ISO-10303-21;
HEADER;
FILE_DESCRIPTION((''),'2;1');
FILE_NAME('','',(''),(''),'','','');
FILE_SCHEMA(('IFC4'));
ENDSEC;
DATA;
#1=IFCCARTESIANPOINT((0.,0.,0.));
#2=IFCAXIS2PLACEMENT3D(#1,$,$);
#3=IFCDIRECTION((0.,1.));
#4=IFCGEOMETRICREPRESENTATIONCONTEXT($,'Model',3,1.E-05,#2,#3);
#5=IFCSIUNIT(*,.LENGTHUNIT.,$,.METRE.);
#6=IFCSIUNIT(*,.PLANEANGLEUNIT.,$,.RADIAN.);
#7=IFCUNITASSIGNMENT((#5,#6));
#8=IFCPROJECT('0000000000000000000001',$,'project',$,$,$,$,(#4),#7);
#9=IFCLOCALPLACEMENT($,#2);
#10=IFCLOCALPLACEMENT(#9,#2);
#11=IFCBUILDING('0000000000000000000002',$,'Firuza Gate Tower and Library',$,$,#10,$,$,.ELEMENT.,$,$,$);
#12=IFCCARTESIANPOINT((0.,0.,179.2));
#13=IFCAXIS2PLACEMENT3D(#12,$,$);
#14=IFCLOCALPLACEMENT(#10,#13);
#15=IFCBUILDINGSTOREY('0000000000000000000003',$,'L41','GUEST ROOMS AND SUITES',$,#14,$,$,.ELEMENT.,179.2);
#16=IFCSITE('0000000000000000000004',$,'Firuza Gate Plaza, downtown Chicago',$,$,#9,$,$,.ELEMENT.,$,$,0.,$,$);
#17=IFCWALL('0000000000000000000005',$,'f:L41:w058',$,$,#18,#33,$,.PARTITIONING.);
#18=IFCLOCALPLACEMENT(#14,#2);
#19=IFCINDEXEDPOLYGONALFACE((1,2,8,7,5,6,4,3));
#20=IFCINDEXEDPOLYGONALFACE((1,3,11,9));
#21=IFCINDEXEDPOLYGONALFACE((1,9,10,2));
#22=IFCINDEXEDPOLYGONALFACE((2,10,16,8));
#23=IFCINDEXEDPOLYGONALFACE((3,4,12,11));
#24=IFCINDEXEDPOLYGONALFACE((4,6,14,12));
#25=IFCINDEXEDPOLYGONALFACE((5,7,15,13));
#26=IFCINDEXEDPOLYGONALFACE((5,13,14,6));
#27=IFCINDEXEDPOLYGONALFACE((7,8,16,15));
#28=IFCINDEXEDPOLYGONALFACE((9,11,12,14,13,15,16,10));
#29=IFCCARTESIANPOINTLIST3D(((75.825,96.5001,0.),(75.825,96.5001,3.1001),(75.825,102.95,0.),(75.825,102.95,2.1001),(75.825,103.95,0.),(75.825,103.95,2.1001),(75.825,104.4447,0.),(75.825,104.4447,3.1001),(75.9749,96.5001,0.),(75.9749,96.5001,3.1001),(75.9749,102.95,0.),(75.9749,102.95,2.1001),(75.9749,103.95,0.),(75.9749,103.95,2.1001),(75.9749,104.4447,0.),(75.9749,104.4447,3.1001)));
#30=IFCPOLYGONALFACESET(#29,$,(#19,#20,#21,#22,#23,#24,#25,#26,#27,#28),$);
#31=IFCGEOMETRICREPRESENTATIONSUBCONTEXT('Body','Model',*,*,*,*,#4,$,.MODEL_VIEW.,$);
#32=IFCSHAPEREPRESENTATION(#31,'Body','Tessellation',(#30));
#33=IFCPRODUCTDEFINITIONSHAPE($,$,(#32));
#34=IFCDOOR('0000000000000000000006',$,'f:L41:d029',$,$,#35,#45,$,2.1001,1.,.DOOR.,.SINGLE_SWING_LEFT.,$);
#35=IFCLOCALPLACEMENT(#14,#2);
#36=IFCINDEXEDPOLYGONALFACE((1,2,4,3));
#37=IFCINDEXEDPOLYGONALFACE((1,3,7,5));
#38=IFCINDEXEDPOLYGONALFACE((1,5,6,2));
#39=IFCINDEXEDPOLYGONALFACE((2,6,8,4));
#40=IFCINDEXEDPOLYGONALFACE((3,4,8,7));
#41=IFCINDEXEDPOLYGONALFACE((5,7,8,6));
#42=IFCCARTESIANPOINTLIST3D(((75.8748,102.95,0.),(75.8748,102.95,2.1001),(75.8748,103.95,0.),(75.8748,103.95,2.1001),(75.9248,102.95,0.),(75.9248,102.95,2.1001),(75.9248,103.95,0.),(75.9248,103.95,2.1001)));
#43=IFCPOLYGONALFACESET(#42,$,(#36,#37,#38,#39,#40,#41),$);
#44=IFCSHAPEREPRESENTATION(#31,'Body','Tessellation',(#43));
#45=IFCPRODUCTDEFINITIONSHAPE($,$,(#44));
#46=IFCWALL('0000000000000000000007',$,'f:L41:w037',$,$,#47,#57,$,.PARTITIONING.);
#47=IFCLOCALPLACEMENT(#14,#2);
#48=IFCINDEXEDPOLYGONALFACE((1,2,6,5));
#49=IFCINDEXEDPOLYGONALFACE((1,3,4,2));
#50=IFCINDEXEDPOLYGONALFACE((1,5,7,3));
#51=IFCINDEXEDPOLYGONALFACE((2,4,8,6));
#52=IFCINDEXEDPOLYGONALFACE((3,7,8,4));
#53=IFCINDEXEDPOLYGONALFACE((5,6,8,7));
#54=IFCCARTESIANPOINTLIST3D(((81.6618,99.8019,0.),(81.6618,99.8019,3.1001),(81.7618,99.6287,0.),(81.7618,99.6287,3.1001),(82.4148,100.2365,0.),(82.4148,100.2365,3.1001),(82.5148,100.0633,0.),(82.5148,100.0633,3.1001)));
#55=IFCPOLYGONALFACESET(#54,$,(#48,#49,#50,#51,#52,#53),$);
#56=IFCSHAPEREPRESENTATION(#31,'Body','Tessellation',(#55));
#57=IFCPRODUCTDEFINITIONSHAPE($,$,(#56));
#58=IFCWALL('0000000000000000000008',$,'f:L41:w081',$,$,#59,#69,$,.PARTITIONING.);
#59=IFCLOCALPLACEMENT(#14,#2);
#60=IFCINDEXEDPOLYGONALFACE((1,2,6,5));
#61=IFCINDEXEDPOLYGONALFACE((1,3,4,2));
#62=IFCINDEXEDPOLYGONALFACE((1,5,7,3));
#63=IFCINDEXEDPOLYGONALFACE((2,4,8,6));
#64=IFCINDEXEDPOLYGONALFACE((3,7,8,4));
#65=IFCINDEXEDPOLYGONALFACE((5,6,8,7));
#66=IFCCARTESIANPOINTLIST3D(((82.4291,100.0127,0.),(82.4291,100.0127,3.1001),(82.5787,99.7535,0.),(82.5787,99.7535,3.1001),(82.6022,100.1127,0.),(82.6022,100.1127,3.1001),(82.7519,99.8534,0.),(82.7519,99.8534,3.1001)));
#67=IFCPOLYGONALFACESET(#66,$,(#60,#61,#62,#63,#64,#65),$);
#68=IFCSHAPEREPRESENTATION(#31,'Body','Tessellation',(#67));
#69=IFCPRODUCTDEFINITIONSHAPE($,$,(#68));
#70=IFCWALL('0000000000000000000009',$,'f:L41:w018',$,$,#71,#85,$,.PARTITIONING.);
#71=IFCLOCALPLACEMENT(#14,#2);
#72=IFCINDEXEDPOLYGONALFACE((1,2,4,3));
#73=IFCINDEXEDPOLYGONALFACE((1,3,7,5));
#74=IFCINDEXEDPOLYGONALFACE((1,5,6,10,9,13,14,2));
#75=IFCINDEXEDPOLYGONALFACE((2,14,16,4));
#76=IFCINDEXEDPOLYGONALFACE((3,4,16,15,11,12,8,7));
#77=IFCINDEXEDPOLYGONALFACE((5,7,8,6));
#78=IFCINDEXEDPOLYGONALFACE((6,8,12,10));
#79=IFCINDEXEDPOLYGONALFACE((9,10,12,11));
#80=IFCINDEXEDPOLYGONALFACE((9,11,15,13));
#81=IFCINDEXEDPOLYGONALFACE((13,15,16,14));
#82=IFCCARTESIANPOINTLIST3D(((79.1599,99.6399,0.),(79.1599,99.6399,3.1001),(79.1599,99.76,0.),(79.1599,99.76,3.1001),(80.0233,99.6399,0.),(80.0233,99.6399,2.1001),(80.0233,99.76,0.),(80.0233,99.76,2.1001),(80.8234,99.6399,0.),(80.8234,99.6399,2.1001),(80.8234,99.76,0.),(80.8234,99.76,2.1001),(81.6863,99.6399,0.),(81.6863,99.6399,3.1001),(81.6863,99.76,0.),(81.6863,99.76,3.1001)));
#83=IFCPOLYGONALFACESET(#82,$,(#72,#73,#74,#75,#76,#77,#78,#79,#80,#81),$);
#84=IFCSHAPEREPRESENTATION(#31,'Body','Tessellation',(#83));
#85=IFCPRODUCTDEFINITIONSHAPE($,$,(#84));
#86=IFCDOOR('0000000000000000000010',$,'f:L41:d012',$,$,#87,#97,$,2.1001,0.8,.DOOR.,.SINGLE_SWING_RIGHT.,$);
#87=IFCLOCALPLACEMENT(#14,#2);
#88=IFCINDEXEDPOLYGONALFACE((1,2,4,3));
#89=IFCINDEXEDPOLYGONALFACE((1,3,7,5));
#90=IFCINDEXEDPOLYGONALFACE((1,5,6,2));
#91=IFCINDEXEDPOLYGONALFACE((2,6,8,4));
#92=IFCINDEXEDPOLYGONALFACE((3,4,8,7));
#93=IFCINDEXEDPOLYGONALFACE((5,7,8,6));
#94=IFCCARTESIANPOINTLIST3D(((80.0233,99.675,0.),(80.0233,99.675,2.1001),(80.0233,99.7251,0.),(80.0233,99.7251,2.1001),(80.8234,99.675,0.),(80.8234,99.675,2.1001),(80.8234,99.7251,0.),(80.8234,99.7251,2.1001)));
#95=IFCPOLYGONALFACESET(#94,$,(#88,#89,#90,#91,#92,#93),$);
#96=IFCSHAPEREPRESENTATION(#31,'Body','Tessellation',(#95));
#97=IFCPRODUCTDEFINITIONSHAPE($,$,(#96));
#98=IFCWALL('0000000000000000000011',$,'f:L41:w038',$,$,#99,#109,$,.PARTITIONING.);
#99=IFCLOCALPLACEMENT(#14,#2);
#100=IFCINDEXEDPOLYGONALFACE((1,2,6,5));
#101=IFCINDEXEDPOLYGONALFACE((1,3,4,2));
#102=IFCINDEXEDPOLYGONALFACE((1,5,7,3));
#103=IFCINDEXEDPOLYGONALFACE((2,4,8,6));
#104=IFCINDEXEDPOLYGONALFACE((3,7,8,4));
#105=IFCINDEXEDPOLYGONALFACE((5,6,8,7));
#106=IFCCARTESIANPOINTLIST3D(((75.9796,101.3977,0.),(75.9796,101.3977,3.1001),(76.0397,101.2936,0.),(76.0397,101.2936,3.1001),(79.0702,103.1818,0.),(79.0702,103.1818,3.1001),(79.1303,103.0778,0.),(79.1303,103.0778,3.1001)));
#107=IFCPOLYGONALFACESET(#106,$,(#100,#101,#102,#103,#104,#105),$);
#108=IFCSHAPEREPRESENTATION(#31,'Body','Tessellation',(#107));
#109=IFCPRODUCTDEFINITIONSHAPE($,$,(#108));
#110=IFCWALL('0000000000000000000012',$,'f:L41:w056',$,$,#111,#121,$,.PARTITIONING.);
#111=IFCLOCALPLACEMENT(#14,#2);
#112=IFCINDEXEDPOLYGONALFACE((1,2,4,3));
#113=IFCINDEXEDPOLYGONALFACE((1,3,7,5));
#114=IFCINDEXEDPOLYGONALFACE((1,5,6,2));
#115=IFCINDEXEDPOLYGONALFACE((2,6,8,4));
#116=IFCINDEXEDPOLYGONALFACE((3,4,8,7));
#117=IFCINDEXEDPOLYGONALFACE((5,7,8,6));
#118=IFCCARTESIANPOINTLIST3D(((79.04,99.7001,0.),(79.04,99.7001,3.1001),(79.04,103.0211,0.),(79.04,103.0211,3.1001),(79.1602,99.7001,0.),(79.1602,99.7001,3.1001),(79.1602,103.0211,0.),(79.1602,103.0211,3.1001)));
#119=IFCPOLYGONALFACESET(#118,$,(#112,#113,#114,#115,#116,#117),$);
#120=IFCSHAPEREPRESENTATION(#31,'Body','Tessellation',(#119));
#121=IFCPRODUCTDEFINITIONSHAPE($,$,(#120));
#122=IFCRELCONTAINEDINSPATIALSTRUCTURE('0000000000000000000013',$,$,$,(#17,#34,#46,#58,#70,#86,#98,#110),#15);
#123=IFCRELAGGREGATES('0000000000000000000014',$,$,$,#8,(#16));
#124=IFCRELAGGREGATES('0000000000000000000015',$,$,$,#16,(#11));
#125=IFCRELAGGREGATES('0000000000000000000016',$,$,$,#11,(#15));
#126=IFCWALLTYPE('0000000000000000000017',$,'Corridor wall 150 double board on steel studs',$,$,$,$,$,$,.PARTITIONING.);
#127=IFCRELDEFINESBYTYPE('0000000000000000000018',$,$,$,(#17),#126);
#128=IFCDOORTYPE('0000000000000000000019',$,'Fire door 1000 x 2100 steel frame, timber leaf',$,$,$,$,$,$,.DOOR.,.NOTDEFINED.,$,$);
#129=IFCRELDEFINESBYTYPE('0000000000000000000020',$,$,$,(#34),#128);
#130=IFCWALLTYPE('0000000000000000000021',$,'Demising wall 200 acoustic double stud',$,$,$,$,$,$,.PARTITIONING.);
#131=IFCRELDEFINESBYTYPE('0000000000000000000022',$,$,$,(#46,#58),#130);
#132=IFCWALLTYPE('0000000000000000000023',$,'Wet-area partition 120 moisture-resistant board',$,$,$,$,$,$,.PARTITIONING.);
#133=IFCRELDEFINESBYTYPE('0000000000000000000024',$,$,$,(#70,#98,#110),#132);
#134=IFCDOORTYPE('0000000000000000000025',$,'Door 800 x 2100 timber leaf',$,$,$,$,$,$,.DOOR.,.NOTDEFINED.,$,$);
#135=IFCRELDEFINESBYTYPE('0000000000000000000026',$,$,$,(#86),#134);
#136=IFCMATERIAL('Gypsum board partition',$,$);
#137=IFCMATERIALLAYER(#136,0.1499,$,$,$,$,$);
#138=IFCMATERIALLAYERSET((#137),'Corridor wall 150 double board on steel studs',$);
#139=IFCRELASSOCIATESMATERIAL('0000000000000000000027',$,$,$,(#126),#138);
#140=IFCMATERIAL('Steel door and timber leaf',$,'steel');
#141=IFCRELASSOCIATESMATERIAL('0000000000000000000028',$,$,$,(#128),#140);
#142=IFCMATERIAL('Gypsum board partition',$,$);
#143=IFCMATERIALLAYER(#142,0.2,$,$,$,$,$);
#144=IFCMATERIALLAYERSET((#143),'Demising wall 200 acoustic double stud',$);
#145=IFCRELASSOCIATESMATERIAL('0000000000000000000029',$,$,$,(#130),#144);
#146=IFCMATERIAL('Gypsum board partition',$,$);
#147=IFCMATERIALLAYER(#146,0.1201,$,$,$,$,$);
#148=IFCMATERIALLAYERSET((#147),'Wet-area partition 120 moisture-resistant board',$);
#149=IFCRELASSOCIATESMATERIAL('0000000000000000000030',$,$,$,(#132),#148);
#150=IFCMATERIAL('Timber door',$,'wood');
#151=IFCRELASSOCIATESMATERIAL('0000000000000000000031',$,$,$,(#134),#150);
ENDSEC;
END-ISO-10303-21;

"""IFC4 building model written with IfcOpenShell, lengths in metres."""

from ifc_helpers import new_model, si_unit, direction, frame, frame_2d, origin, place, context, subcontext, project, spatial, rectangle, extrude, material, layer, layer_set, type_object, element, fill, save


model = new_model("IFC4")

# Units and contexts
model_context = context("Model", 3, precision=1e-05, world=origin(), true_north=direction((0.0, 1.0)))
body_context = subcontext(model_context, "Body", "Model", "MODEL_VIEW")
ifc_project = project(units=[si_unit("LENGTHUNIT", "METRE"), si_unit("PLANEANGLEUNIT", "RADIAN")], contexts=[model_context])

# Site, building, storey
site_placement = place(None, origin())
site = spatial("IfcSite", under=ifc_project, at=site_placement, Name="Firuza Gate Plaza, downtown Chicago", CompositionType="ELEMENT", RefElevation=0.0)
building_placement = place(site_placement, origin())
building = spatial("IfcBuilding", under=site, at=building_placement, Name="Firuza Gate Tower and Library", CompositionType="ELEMENT")
storey_placement = place(building_placement, frame((0.0, 0.0, 179.2)))
storey = spatial("IfcBuildingStorey", under=building, at=storey_placement, Name="L41", Description="GUEST ROOMS AND SUITES", CompositionType="ELEMENT", Elevation=179.2)

# Wall, opening, door
ifc_material_1 = material(Name="Gypsum board partition")
ifc_layer_1 = layer(ifc_material_1, 0.1499)
ifc_layer_set_1 = layer_set([ifc_layer_1], Name="Corridor wall 150 double board on steel studs")
wall_type_1 = type_object("IfcWallType", Name="Corridor wall 150 double board on steel studs", PredefinedType="PARTITIONING", material=ifc_layer_set_1)
wall_1_placement = place(storey_placement, frame((75.8999, 104.4446, 0.0), z_axis=(0.0, 0.0, 1.0), x_axis=(0.0, -1.0, 0.0)))
wall_1 = element("IfcWall", 1, at=wall_1_placement, inside=storey, type_object=wall_type_1, Name="f:L41:w058", PredefinedType="PARTITIONING", context=body_context, shape_type="SweptSolid", body=[
    extrude(rectangle(XDim=7.9446, YDim=0.1499, at=frame_2d((3.9722, 0.0))), origin(), (0.0, 0.0, 1.0), 3.1001),
])
opening_1_placement = place(wall_1_placement, frame((0.4946, 0.0, 0.0)))
opening_1 = element("IfcOpeningElement", 2, at=opening_1_placement, cuts=wall_1, PredefinedType="OPENING", context=body_context, shape_type="SweptSolid", body=[
    extrude(rectangle(XDim=1.0, YDim=2.1001, at=frame_2d((0.5, 1.05))), frame((0.0, 0.085, 0.0), z_axis=(0.0, -1.0, 0.0), x_axis=(1.0, 0.0, 0.0)), (0.0, 0.0, 1.0), 0.1699),
])
ifc_material_2 = material(Name="Steel door and timber leaf", Category="steel")
door_type_1 = type_object("IfcDoorType", Name="Fire door 1000 x 2100 steel frame, timber leaf", OperationType="NOTDEFINED", PredefinedType="DOOR", material=ifc_material_2)
door_1_placement = place(opening_1_placement, origin())
door_1 = element("IfcDoor", 3, at=door_1_placement, inside=storey, type_object=door_type_1, Name="f:L41:d029", OperationType="SINGLE_SWING_LEFT", OverallHeight=2.1001, OverallWidth=1.0, PredefinedType="DOOR", context=body_context, shape_type="SweptSolid", body=[
    extrude(rectangle(XDim=1.0, YDim=2.1001, at=frame_2d((0.5, 1.05))), frame((0.0, 0.0249, 0.0), z_axis=(0.0, -1.0, 0.0), x_axis=(1.0, 0.0, 0.0)), (0.0, 0.0, 1.0), 0.05),
])
fill(opening_1, door_1)

# Walls
ifc_material_3 = material(Name="Gypsum board partition")
ifc_layer_2 = layer(ifc_material_3, 0.2)
ifc_layer_set_2 = layer_set([ifc_layer_2], Name="Demising wall 200 acoustic double stud")
wall_type_2 = type_object("IfcWallType", Name="Demising wall 200 acoustic double stud", PredefinedType="PARTITIONING", material=ifc_layer_set_2)
wall_2_placement = place(storey_placement, frame((81.7119, 99.7153, 0.0), z_axis=(0.0, 0.0, 1.0), x_axis=(0.866092, 0.499885, 0.0)))
element("IfcWall", 4, at=wall_2_placement, inside=storey, type_object=wall_type_2, Name="f:L41:w037", PredefinedType="PARTITIONING", context=body_context, shape_type="SweptSolid", body=[
    extrude(rectangle(XDim=0.8694, YDim=0.2, at=frame_2d((0.4346, 0.0))), origin(), (0.0, 0.0, 1.0), 3.1001),
])
wall_3_placement = place(storey_placement, frame((82.6653, 99.8035, 0.0), z_axis=(0.0, 0.0, 1.0), x_axis=(-0.499911, 0.866077, 0.0)))
element("IfcWall", 5, at=wall_3_placement, inside=storey, type_object=wall_type_2, Name="f:L41:w081", PredefinedType="PARTITIONING", context=body_context, shape_type="SweptSolid", body=[
    extrude(rectangle(XDim=0.2993, YDim=0.2, at=frame_2d((0.1497, 0.0))), origin(), (0.0, 0.0, 1.0), 3.1001),
])

# Wall, opening, door
ifc_material_4 = material(Name="Gypsum board partition")
ifc_layer_3 = layer(ifc_material_4, 0.1201)
ifc_layer_set_3 = layer_set([ifc_layer_3], Name="Wet-area partition 120 moisture-resistant board")
wall_type_3 = type_object("IfcWallType", Name="Wet-area partition 120 moisture-resistant board", PredefinedType="PARTITIONING", material=ifc_layer_set_3)
wall_4_placement = place(storey_placement, frame((81.6863, 99.7, 0.0), z_axis=(0.0, 0.0, 1.0), x_axis=(-1.0, 0.0, 0.0)))
wall_4 = element("IfcWall", 6, at=wall_4_placement, inside=storey, type_object=wall_type_3, Name="f:L41:w018", PredefinedType="PARTITIONING", context=body_context, shape_type="SweptSolid", body=[
    extrude(rectangle(XDim=2.5264, YDim=0.1201, at=frame_2d((1.2632, 0.0))), origin(), (0.0, 0.0, 1.0), 3.1001),
])
opening_2_placement = place(wall_4_placement, frame((0.863, 0.0, 0.0)))
opening_2 = element("IfcOpeningElement", 7, at=opening_2_placement, cuts=wall_4, PredefinedType="OPENING", context=body_context, shape_type="SweptSolid", body=[
    extrude(rectangle(XDim=0.8, YDim=2.1001, at=frame_2d((0.3999, 1.05))), frame((0.0, 0.0701, 0.0), z_axis=(0.0, -1.0, 0.0), x_axis=(1.0, 0.0, 0.0)), (0.0, 0.0, 1.0), 0.1401),
])
ifc_material_5 = material(Name="Timber door", Category="wood")
door_type_2 = type_object("IfcDoorType", Name="Door 800 x 2100 timber leaf", OperationType="NOTDEFINED", PredefinedType="DOOR", material=ifc_material_5)
door_2_placement = place(opening_2_placement, origin())
door_2 = element("IfcDoor", 8, at=door_2_placement, inside=storey, type_object=door_type_2, Name="f:L41:d012", OperationType="SINGLE_SWING_RIGHT", OverallHeight=2.1001, OverallWidth=0.8, PredefinedType="DOOR", context=body_context, shape_type="SweptSolid", body=[
    extrude(rectangle(XDim=0.8, YDim=2.1001, at=frame_2d((0.3999, 1.05))), frame((0.0, 0.0249, 0.0), z_axis=(0.0, -1.0, 0.0), x_axis=(1.0, 0.0, 0.0)), (0.0, 0.0, 1.0), 0.05),
])
fill(opening_2, door_2)

# Walls
wall_5_placement = place(storey_placement, frame((76.0098, 101.3457, 0.0), z_axis=(0.0, 0.0, 1.0), x_axis=(0.866045, 0.499965, 0.0)))
element("IfcWall", 9, at=wall_5_placement, inside=storey, type_object=wall_type_3, Name="f:L41:w038", PredefinedType="PARTITIONING", context=body_context, shape_type="SweptSolid", body=[
    extrude(rectangle(XDim=3.5686, YDim=0.1201, at=frame_2d((1.7842, 0.0))), origin(), (0.0, 0.0, 1.0), 3.1001),
])
wall_6_placement = place(storey_placement, frame((79.1001, 99.7, 0.0), z_axis=(0.0, 0.0, 1.0), x_axis=(0.0, 1.0, 0.0)))
element("IfcWall", 10, at=wall_6_placement, inside=storey, type_object=wall_type_3, Name="f:L41:w056", PredefinedType="PARTITIONING", context=body_context, shape_type="SweptSolid", body=[
    extrude(rectangle(XDim=3.321, YDim=0.1201, at=frame_2d((1.6606, 0.0))), origin(), (0.0, 0.0, 1.0), 3.1001),
])

save(model, "model.ifc")
